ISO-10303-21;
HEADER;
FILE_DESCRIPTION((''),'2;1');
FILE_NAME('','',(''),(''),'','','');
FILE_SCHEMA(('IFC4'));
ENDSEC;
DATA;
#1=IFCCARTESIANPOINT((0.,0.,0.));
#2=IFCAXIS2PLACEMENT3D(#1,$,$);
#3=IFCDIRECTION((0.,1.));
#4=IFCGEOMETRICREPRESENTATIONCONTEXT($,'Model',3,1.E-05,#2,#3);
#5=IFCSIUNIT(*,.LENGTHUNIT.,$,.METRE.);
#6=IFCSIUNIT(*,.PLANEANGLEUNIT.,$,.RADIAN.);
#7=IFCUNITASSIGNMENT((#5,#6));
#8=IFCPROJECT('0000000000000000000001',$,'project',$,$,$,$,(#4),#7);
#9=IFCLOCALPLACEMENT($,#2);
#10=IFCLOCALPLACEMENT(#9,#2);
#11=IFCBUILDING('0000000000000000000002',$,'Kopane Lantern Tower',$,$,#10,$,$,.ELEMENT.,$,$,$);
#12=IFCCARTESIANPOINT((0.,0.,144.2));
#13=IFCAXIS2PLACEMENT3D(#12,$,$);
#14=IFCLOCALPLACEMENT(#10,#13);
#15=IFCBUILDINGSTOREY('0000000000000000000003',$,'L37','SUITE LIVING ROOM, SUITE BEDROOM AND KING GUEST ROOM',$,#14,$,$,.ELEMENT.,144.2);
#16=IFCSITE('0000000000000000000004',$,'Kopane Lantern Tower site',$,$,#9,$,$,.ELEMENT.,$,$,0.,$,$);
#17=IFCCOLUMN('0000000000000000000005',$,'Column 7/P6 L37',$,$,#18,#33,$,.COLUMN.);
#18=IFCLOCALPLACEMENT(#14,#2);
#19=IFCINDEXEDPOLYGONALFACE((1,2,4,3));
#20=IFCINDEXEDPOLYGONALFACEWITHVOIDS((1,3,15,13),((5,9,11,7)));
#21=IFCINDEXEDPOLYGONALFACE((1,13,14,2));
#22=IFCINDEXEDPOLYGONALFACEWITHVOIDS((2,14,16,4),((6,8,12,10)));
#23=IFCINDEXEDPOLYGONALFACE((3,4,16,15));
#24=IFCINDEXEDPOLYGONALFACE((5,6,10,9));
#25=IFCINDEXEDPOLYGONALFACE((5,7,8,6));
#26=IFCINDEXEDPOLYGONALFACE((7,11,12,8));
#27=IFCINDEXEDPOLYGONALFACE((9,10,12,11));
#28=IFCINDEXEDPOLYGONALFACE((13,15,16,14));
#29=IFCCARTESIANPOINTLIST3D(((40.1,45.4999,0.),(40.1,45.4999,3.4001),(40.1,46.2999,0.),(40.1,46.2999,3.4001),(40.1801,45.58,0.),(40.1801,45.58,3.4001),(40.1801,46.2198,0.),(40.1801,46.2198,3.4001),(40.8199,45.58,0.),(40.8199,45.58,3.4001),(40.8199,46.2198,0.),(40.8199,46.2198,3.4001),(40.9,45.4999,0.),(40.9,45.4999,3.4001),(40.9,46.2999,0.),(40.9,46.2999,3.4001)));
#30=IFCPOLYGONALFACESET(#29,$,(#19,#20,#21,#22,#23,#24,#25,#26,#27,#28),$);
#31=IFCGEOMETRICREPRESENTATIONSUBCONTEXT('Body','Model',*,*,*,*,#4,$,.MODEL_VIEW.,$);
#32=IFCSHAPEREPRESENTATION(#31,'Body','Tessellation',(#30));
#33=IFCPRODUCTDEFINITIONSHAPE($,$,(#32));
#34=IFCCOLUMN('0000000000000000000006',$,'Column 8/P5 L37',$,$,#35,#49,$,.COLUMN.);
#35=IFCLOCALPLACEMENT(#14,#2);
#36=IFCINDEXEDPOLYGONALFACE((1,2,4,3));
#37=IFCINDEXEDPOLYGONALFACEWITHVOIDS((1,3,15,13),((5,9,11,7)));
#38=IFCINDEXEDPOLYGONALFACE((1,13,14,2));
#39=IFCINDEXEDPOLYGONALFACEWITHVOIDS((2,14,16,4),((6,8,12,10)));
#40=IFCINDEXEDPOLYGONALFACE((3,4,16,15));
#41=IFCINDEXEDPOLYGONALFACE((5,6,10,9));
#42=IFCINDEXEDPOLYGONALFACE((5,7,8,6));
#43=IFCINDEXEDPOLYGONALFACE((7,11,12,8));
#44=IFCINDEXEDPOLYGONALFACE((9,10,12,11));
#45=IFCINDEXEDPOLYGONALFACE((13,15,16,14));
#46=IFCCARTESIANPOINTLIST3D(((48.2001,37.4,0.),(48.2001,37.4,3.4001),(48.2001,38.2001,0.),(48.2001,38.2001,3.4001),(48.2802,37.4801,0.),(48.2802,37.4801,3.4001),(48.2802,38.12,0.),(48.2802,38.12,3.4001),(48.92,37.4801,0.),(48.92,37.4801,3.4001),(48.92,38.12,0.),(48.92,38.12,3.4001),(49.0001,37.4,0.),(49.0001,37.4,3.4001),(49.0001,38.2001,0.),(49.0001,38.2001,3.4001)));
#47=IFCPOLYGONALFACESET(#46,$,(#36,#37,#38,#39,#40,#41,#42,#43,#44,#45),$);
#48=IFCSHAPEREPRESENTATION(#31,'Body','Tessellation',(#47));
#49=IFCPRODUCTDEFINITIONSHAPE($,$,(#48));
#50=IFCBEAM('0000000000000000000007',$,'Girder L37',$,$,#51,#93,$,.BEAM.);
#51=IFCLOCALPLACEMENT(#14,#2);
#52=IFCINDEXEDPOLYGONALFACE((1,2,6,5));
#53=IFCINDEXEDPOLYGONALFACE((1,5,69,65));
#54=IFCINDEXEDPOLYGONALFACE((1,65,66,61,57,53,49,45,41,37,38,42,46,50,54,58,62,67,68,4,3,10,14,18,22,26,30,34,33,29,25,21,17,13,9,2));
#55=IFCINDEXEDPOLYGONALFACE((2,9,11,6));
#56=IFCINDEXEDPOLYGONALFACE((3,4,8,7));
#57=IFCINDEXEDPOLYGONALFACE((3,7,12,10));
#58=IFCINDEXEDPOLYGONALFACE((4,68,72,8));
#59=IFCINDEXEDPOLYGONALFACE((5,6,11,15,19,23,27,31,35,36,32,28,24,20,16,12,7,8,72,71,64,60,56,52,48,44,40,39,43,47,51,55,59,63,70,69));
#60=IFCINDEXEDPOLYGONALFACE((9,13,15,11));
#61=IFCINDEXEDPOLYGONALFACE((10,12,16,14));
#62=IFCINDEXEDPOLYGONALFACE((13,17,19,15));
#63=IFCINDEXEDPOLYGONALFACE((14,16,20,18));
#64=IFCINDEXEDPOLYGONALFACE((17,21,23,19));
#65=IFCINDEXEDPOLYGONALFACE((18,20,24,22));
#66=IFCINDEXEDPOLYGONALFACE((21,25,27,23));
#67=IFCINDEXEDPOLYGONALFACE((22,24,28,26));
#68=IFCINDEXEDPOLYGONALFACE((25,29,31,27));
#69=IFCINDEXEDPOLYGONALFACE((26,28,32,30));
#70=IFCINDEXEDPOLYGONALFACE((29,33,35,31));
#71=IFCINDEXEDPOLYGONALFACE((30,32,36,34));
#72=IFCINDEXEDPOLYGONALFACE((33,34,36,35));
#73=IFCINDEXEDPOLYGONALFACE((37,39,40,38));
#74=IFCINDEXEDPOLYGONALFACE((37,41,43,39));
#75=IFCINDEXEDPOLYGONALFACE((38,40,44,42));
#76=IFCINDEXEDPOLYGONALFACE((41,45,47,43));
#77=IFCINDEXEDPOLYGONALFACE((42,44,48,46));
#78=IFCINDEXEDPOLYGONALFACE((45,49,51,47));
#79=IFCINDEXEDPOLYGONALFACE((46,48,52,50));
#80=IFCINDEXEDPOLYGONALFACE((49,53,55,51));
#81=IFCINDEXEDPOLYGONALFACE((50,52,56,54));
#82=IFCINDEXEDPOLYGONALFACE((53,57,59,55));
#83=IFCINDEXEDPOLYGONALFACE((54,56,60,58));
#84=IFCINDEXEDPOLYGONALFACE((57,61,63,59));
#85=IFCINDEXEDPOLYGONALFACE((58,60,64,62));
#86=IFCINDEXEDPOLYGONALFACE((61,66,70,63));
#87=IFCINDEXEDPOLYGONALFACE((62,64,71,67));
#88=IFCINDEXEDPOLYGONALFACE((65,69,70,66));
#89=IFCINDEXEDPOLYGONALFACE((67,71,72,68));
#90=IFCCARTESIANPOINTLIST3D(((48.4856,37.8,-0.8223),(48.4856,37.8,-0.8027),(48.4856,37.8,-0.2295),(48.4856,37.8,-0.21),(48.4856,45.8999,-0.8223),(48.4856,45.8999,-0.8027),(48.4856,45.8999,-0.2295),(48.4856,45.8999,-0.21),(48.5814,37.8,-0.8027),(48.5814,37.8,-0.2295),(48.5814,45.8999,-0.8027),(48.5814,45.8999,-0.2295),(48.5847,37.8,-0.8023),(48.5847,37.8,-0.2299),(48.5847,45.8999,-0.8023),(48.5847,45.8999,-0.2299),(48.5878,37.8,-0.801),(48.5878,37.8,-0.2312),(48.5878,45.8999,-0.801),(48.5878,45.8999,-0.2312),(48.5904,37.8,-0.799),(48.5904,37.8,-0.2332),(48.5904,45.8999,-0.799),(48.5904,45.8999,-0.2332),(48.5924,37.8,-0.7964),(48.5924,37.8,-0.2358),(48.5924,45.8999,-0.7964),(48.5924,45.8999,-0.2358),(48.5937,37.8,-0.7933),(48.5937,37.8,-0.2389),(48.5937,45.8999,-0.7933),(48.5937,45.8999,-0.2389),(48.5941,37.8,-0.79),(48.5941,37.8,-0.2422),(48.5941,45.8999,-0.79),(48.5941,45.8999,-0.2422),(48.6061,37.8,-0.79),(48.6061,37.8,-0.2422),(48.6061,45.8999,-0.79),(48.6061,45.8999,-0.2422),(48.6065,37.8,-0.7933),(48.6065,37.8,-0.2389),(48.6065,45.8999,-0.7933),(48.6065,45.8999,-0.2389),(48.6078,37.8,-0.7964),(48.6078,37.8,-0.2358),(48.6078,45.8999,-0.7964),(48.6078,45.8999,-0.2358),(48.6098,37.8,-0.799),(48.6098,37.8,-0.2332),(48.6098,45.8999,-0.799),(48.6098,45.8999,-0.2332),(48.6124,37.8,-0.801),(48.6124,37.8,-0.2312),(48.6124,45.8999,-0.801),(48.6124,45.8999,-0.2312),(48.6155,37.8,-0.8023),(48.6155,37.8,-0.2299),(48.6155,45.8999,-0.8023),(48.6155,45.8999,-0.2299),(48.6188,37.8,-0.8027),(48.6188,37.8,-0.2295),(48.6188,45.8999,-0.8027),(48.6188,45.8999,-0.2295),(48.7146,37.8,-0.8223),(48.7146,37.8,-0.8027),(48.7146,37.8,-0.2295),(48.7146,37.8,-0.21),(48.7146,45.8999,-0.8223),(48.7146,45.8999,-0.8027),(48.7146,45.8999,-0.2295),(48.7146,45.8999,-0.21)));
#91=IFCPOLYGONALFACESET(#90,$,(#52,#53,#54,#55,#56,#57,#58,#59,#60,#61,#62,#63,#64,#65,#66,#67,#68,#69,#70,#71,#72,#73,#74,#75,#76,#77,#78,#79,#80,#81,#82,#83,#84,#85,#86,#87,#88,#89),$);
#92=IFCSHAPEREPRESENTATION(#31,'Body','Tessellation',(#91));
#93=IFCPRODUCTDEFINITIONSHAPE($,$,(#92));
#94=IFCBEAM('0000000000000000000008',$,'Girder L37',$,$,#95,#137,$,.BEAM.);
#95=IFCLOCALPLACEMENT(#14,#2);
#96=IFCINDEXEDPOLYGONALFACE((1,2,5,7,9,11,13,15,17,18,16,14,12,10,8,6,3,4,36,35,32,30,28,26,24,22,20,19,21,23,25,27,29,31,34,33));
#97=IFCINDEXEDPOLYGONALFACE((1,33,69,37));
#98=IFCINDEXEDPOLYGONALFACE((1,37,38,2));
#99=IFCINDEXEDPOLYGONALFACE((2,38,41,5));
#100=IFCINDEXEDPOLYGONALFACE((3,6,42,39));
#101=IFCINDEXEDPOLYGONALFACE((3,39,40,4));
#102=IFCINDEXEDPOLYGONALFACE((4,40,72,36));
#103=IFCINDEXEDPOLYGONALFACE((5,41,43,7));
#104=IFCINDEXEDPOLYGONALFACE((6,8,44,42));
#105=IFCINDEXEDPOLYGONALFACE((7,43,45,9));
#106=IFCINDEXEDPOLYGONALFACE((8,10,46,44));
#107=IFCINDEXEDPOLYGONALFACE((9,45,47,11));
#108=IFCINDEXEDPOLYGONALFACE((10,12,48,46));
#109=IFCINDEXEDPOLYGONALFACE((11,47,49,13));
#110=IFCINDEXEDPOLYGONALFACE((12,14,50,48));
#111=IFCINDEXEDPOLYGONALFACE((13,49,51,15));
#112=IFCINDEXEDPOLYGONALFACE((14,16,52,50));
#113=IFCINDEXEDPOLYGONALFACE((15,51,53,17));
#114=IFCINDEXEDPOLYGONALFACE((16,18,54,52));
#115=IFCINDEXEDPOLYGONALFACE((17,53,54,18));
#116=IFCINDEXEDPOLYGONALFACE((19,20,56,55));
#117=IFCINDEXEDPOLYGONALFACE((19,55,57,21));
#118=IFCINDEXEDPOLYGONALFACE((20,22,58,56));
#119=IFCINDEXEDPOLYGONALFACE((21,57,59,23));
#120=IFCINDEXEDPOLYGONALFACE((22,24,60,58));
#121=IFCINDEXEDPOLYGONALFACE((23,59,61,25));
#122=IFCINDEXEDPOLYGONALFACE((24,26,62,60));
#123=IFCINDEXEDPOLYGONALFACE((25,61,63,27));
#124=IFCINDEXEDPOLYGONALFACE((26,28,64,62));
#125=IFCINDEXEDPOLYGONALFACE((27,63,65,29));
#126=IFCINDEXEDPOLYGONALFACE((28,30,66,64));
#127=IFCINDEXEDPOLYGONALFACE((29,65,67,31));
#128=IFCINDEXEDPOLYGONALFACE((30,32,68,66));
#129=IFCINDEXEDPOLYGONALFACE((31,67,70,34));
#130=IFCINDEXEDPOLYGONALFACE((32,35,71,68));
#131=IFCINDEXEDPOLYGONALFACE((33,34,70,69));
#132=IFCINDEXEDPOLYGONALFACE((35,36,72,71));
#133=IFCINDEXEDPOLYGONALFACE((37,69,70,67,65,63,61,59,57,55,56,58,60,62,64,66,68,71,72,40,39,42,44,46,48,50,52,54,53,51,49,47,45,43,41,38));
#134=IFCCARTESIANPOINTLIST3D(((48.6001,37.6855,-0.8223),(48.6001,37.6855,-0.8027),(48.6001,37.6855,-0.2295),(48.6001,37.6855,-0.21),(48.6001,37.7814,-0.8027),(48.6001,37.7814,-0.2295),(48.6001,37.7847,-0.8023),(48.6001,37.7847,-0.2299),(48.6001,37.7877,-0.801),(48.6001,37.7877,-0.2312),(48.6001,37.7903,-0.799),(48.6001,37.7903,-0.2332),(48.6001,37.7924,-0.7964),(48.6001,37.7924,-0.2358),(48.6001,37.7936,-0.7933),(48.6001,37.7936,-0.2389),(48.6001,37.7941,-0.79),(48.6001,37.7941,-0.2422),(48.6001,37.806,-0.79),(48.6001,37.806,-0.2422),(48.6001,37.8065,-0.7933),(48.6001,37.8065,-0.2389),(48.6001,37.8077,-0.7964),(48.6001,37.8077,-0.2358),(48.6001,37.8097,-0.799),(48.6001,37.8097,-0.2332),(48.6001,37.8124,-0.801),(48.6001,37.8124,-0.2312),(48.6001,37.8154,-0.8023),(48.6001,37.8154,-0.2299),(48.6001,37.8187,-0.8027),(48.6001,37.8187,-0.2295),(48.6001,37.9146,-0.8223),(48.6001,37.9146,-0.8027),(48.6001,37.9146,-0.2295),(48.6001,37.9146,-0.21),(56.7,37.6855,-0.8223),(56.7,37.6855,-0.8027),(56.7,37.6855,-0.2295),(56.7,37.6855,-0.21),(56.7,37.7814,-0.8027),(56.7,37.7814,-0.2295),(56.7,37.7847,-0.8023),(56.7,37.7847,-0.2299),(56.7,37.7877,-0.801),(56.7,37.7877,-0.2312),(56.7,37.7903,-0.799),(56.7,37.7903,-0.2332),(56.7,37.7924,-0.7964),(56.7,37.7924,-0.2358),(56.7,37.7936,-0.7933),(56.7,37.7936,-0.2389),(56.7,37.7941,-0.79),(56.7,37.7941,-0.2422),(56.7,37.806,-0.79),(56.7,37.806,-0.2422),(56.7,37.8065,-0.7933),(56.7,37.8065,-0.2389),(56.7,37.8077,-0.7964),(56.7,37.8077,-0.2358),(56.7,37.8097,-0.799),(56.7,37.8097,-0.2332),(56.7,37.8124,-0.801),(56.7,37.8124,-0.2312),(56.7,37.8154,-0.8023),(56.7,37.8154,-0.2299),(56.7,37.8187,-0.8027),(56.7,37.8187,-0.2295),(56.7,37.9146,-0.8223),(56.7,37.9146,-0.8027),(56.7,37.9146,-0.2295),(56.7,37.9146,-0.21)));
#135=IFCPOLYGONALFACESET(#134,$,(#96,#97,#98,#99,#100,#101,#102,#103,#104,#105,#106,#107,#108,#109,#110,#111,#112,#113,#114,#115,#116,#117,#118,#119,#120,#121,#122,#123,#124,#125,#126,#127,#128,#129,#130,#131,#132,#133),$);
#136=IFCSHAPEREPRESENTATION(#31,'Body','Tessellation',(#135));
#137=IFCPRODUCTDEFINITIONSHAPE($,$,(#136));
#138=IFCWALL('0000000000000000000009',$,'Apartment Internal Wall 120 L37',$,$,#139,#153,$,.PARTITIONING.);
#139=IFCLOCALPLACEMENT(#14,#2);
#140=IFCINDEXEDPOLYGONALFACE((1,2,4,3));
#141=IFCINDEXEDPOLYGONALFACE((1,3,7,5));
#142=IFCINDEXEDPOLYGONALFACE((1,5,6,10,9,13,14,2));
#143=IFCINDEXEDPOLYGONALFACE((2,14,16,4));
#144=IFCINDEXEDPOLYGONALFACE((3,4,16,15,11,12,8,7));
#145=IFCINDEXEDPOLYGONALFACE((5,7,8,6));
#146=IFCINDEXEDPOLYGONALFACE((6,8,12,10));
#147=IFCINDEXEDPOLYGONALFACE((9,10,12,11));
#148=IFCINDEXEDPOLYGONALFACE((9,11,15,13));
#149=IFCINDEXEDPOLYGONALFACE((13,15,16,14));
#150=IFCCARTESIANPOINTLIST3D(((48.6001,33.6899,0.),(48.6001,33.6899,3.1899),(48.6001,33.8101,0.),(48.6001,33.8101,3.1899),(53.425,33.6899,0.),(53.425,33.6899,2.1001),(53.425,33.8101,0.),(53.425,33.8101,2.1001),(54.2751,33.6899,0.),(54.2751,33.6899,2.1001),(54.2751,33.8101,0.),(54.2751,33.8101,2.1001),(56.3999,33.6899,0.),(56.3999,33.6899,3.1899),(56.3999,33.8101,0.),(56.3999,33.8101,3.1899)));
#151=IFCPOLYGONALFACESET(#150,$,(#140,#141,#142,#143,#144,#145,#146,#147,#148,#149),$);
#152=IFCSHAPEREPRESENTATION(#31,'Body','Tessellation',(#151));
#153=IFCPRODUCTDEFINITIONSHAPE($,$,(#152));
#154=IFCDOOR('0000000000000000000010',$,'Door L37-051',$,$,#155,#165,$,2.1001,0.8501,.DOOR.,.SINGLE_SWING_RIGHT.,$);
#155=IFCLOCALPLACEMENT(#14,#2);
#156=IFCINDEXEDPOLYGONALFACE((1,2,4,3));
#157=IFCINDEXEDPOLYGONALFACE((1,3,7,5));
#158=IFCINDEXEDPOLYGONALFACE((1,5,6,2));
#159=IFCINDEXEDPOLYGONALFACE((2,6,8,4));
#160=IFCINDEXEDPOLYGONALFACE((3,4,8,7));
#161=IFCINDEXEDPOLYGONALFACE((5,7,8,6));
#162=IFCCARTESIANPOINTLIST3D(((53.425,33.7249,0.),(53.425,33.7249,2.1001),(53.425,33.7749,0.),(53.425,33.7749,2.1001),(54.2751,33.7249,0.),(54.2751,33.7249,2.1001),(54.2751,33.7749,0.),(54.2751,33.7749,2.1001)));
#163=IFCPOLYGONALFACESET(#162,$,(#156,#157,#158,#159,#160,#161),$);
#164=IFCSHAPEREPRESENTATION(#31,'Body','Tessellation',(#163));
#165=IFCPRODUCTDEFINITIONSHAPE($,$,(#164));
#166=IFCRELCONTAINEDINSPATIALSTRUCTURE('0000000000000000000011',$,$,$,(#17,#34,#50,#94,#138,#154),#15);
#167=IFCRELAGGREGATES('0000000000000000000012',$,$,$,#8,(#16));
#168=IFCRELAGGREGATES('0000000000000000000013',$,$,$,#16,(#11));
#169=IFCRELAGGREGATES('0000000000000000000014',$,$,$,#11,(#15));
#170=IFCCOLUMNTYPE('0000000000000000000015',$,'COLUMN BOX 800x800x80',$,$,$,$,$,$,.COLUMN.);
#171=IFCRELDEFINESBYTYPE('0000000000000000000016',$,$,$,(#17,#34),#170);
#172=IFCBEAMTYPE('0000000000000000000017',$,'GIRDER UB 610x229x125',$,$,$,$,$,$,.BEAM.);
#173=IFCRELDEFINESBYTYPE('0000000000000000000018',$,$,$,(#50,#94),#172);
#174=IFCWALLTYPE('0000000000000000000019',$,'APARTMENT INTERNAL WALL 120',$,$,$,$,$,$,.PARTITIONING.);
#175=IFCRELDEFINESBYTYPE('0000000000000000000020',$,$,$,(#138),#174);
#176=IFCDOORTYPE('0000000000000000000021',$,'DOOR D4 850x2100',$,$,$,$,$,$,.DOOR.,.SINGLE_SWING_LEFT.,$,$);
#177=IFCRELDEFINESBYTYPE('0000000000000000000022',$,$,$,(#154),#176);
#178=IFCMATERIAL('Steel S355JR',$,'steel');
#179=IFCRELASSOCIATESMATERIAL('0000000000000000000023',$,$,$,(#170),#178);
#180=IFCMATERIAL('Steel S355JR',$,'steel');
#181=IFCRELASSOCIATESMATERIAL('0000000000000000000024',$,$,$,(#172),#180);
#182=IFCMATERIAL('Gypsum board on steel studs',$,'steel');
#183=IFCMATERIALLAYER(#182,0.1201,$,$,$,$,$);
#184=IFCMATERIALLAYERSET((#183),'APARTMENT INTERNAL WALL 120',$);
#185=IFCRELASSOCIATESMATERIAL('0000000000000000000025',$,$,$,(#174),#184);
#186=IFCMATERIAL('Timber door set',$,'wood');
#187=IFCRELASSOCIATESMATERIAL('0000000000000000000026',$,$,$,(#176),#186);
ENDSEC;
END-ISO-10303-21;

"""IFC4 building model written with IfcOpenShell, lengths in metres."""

from ifc_helpers import new_model, si_unit, direction, frame, frame_2d, origin, origin_2d, place, context, subcontext, project, spatial, rectangle, hollow_rectangle, i_section, extrude, material, layer, layer_set, material_profile, profile_set, type_object, element, fill, save


model = new_model("IFC4")

# Units and contexts
model_context = context("Model", 3, precision=1e-05, world=origin(), true_north=direction((0.0, 1.0)))
body_context = subcontext(model_context, "Body", "Model", "MODEL_VIEW")
ifc_project = project(units=[si_unit("LENGTHUNIT", "METRE"), si_unit("PLANEANGLEUNIT", "RADIAN")], contexts=[model_context])

# Site, building, storey
site_placement = place(None, origin())
site = spatial("IfcSite", under=ifc_project, at=site_placement, Name="Kopane Lantern Tower site", CompositionType="ELEMENT", RefElevation=0.0)
building_placement = place(site_placement, origin())
building = spatial("IfcBuilding", under=site, at=building_placement, Name="Kopane Lantern Tower", CompositionType="ELEMENT")
storey_placement = place(building_placement, frame((0.0, 0.0, 144.2)))
storey = spatial("IfcBuildingStorey", under=building, at=storey_placement, Name="L37", Description="SUITE LIVING ROOM, SUITE BEDROOM AND KING GUEST ROOM", CompositionType="ELEMENT", Elevation=144.2)

# Columns
ifc_material_1 = material(Name="Steel S355JR", Category="steel")
ifc_material_profile_1 = material_profile(ifc_material_1, hollow_rectangle(XDim=0.8, YDim=0.8, WallThickness=0.0801, at=origin_2d()), Name="BOX 800x800x80")
ifc_profile_set_1 = profile_set([ifc_material_profile_1], Name="Steel S355JR")
column_type = type_object("IfcColumnType", Name="COLUMN BOX 800x800x80", PredefinedType="COLUMN", material=ifc_profile_set_1)
for number, where, z_axis, x_axis, name in (
    (1, (40.5, 45.8999, 0.0), (0.0, 0.0, 1.0), (1.0, 0.0, 0.0), "Column 7/P6 L37"),
    (2, (48.6001, 37.8, 0.0), (0.0, 0.0, 1.0), (1.0, 0.0, 0.0), "Column 8/P5 L37"),
):
    element("IfcColumn", number, at=place(storey_placement, frame(where, z_axis=z_axis, x_axis=x_axis)), inside=storey, type_object=column_type, Name=name, PredefinedType="COLUMN", context=body_context, shape_type="SweptSolid", body=[
        extrude(hollow_rectangle(XDim=0.8, YDim=0.8, WallThickness=0.0801, at=origin_2d()), origin(), (0.0, 0.0, 1.0), 3.4001),
    ])

# Beams
ifc_material_2 = material(Name="Steel S355JR", Category="steel")
ifc_material_profile_2 = material_profile(ifc_material_2, i_section(OverallWidth=0.229, OverallDepth=0.6123, WebThickness=0.012, FlangeThickness=0.0195, FilletRadius=0.0127, at=origin_2d()), Name="UB 610x229x125")
ifc_profile_set_2 = profile_set([ifc_material_profile_2], Name="Steel S355JR")
beam_type = type_object("IfcBeamType", Name="GIRDER UB 610x229x125", PredefinedType="BEAM", material=ifc_profile_set_2)
for number, where, z_axis, x_axis, name in (
    (3, (48.6001, 37.8, -0.5161), (0.0, 1.0, 0.0), (-1.0, 0.0, 0.0), "Girder L37"),
    (4, (48.6001, 37.8, -0.5161), (1.0, 0.0, 0.0), (0.0, 1.0, 0.0), "Girder L37"),
):
    element("IfcBeam", number, at=place(storey_placement, frame(where, z_axis=z_axis, x_axis=x_axis)), inside=storey, type_object=beam_type, Name=name, PredefinedType="BEAM", context=body_context, shape_type="SweptSolid", body=[
        extrude(i_section(OverallWidth=0.229, OverallDepth=0.6123, WebThickness=0.012, FlangeThickness=0.0195, FilletRadius=0.0127, at=origin_2d()), origin(), (0.0, 0.0, 1.0), 8.0999),
    ])

# Wall, opening, door
ifc_material_3 = material(Name="Gypsum board on steel studs", Category="steel")
ifc_layer_1 = layer(ifc_material_3, 0.1201)
ifc_layer_set_1 = layer_set([ifc_layer_1], Name="APARTMENT INTERNAL WALL 120")
wall_type_1 = type_object("IfcWallType", Name="APARTMENT INTERNAL WALL 120", PredefinedType="PARTITIONING", material=ifc_layer_set_1)
wall_1_placement = place(storey_placement, frame((48.6001, 33.75, 0.0), z_axis=(0.0, 0.0, 1.0), x_axis=(1.0, 0.0, 0.0)))
wall_1 = element("IfcWall", 5, at=wall_1_placement, inside=storey, type_object=wall_type_1, Name="Apartment Internal Wall 120 L37", PredefinedType="PARTITIONING", context=body_context, shape_type="SweptSolid", body=[
    extrude(rectangle(XDim=7.7998, YDim=0.1201, at=frame_2d((3.8999, 0.0))), origin(), (0.0, 0.0, 1.0), 3.1899),
])
opening_1_placement = place(wall_1_placement, frame((4.825, 0.0, 0.0)))
opening_1 = element("IfcOpeningElement", 6, at=opening_1_placement, cuts=wall_1, PredefinedType="OPENING", context=body_context, shape_type="SweptSolid", body=[
    extrude(rectangle(XDim=0.8501, YDim=2.1001, at=frame_2d((0.425, 1.05))), frame((0.0, 0.0701, 0.0), z_axis=(0.0, -1.0, 0.0), x_axis=(1.0, 0.0, 0.0)), (0.0, 0.0, 1.0), 0.1401),
])
ifc_material_4 = material(Name="Timber door set", Category="wood")
door_type_1 = type_object("IfcDoorType", Name="DOOR D4 850x2100", OperationType="SINGLE_SWING_LEFT", PredefinedType="DOOR", material=ifc_material_4)
door_1_placement = place(opening_1_placement, origin())
door_1 = element("IfcDoor", 7, at=door_1_placement, inside=storey, type_object=door_type_1, Name="Door L37-051", OperationType="SINGLE_SWING_RIGHT", OverallHeight=2.1001, OverallWidth=0.8501, PredefinedType="DOOR", context=body_context, shape_type="SweptSolid", body=[
    extrude(rectangle(XDim=0.8501, YDim=2.1001, at=frame_2d((0.425, 1.05))), frame((0.0, 0.0249, 0.0), z_axis=(0.0, -1.0, 0.0), x_axis=(1.0, 0.0, 0.0)), (0.0, 0.0, 1.0), 0.05),
])
fill(opening_1, door_1)

save(model, "model.ifc")
